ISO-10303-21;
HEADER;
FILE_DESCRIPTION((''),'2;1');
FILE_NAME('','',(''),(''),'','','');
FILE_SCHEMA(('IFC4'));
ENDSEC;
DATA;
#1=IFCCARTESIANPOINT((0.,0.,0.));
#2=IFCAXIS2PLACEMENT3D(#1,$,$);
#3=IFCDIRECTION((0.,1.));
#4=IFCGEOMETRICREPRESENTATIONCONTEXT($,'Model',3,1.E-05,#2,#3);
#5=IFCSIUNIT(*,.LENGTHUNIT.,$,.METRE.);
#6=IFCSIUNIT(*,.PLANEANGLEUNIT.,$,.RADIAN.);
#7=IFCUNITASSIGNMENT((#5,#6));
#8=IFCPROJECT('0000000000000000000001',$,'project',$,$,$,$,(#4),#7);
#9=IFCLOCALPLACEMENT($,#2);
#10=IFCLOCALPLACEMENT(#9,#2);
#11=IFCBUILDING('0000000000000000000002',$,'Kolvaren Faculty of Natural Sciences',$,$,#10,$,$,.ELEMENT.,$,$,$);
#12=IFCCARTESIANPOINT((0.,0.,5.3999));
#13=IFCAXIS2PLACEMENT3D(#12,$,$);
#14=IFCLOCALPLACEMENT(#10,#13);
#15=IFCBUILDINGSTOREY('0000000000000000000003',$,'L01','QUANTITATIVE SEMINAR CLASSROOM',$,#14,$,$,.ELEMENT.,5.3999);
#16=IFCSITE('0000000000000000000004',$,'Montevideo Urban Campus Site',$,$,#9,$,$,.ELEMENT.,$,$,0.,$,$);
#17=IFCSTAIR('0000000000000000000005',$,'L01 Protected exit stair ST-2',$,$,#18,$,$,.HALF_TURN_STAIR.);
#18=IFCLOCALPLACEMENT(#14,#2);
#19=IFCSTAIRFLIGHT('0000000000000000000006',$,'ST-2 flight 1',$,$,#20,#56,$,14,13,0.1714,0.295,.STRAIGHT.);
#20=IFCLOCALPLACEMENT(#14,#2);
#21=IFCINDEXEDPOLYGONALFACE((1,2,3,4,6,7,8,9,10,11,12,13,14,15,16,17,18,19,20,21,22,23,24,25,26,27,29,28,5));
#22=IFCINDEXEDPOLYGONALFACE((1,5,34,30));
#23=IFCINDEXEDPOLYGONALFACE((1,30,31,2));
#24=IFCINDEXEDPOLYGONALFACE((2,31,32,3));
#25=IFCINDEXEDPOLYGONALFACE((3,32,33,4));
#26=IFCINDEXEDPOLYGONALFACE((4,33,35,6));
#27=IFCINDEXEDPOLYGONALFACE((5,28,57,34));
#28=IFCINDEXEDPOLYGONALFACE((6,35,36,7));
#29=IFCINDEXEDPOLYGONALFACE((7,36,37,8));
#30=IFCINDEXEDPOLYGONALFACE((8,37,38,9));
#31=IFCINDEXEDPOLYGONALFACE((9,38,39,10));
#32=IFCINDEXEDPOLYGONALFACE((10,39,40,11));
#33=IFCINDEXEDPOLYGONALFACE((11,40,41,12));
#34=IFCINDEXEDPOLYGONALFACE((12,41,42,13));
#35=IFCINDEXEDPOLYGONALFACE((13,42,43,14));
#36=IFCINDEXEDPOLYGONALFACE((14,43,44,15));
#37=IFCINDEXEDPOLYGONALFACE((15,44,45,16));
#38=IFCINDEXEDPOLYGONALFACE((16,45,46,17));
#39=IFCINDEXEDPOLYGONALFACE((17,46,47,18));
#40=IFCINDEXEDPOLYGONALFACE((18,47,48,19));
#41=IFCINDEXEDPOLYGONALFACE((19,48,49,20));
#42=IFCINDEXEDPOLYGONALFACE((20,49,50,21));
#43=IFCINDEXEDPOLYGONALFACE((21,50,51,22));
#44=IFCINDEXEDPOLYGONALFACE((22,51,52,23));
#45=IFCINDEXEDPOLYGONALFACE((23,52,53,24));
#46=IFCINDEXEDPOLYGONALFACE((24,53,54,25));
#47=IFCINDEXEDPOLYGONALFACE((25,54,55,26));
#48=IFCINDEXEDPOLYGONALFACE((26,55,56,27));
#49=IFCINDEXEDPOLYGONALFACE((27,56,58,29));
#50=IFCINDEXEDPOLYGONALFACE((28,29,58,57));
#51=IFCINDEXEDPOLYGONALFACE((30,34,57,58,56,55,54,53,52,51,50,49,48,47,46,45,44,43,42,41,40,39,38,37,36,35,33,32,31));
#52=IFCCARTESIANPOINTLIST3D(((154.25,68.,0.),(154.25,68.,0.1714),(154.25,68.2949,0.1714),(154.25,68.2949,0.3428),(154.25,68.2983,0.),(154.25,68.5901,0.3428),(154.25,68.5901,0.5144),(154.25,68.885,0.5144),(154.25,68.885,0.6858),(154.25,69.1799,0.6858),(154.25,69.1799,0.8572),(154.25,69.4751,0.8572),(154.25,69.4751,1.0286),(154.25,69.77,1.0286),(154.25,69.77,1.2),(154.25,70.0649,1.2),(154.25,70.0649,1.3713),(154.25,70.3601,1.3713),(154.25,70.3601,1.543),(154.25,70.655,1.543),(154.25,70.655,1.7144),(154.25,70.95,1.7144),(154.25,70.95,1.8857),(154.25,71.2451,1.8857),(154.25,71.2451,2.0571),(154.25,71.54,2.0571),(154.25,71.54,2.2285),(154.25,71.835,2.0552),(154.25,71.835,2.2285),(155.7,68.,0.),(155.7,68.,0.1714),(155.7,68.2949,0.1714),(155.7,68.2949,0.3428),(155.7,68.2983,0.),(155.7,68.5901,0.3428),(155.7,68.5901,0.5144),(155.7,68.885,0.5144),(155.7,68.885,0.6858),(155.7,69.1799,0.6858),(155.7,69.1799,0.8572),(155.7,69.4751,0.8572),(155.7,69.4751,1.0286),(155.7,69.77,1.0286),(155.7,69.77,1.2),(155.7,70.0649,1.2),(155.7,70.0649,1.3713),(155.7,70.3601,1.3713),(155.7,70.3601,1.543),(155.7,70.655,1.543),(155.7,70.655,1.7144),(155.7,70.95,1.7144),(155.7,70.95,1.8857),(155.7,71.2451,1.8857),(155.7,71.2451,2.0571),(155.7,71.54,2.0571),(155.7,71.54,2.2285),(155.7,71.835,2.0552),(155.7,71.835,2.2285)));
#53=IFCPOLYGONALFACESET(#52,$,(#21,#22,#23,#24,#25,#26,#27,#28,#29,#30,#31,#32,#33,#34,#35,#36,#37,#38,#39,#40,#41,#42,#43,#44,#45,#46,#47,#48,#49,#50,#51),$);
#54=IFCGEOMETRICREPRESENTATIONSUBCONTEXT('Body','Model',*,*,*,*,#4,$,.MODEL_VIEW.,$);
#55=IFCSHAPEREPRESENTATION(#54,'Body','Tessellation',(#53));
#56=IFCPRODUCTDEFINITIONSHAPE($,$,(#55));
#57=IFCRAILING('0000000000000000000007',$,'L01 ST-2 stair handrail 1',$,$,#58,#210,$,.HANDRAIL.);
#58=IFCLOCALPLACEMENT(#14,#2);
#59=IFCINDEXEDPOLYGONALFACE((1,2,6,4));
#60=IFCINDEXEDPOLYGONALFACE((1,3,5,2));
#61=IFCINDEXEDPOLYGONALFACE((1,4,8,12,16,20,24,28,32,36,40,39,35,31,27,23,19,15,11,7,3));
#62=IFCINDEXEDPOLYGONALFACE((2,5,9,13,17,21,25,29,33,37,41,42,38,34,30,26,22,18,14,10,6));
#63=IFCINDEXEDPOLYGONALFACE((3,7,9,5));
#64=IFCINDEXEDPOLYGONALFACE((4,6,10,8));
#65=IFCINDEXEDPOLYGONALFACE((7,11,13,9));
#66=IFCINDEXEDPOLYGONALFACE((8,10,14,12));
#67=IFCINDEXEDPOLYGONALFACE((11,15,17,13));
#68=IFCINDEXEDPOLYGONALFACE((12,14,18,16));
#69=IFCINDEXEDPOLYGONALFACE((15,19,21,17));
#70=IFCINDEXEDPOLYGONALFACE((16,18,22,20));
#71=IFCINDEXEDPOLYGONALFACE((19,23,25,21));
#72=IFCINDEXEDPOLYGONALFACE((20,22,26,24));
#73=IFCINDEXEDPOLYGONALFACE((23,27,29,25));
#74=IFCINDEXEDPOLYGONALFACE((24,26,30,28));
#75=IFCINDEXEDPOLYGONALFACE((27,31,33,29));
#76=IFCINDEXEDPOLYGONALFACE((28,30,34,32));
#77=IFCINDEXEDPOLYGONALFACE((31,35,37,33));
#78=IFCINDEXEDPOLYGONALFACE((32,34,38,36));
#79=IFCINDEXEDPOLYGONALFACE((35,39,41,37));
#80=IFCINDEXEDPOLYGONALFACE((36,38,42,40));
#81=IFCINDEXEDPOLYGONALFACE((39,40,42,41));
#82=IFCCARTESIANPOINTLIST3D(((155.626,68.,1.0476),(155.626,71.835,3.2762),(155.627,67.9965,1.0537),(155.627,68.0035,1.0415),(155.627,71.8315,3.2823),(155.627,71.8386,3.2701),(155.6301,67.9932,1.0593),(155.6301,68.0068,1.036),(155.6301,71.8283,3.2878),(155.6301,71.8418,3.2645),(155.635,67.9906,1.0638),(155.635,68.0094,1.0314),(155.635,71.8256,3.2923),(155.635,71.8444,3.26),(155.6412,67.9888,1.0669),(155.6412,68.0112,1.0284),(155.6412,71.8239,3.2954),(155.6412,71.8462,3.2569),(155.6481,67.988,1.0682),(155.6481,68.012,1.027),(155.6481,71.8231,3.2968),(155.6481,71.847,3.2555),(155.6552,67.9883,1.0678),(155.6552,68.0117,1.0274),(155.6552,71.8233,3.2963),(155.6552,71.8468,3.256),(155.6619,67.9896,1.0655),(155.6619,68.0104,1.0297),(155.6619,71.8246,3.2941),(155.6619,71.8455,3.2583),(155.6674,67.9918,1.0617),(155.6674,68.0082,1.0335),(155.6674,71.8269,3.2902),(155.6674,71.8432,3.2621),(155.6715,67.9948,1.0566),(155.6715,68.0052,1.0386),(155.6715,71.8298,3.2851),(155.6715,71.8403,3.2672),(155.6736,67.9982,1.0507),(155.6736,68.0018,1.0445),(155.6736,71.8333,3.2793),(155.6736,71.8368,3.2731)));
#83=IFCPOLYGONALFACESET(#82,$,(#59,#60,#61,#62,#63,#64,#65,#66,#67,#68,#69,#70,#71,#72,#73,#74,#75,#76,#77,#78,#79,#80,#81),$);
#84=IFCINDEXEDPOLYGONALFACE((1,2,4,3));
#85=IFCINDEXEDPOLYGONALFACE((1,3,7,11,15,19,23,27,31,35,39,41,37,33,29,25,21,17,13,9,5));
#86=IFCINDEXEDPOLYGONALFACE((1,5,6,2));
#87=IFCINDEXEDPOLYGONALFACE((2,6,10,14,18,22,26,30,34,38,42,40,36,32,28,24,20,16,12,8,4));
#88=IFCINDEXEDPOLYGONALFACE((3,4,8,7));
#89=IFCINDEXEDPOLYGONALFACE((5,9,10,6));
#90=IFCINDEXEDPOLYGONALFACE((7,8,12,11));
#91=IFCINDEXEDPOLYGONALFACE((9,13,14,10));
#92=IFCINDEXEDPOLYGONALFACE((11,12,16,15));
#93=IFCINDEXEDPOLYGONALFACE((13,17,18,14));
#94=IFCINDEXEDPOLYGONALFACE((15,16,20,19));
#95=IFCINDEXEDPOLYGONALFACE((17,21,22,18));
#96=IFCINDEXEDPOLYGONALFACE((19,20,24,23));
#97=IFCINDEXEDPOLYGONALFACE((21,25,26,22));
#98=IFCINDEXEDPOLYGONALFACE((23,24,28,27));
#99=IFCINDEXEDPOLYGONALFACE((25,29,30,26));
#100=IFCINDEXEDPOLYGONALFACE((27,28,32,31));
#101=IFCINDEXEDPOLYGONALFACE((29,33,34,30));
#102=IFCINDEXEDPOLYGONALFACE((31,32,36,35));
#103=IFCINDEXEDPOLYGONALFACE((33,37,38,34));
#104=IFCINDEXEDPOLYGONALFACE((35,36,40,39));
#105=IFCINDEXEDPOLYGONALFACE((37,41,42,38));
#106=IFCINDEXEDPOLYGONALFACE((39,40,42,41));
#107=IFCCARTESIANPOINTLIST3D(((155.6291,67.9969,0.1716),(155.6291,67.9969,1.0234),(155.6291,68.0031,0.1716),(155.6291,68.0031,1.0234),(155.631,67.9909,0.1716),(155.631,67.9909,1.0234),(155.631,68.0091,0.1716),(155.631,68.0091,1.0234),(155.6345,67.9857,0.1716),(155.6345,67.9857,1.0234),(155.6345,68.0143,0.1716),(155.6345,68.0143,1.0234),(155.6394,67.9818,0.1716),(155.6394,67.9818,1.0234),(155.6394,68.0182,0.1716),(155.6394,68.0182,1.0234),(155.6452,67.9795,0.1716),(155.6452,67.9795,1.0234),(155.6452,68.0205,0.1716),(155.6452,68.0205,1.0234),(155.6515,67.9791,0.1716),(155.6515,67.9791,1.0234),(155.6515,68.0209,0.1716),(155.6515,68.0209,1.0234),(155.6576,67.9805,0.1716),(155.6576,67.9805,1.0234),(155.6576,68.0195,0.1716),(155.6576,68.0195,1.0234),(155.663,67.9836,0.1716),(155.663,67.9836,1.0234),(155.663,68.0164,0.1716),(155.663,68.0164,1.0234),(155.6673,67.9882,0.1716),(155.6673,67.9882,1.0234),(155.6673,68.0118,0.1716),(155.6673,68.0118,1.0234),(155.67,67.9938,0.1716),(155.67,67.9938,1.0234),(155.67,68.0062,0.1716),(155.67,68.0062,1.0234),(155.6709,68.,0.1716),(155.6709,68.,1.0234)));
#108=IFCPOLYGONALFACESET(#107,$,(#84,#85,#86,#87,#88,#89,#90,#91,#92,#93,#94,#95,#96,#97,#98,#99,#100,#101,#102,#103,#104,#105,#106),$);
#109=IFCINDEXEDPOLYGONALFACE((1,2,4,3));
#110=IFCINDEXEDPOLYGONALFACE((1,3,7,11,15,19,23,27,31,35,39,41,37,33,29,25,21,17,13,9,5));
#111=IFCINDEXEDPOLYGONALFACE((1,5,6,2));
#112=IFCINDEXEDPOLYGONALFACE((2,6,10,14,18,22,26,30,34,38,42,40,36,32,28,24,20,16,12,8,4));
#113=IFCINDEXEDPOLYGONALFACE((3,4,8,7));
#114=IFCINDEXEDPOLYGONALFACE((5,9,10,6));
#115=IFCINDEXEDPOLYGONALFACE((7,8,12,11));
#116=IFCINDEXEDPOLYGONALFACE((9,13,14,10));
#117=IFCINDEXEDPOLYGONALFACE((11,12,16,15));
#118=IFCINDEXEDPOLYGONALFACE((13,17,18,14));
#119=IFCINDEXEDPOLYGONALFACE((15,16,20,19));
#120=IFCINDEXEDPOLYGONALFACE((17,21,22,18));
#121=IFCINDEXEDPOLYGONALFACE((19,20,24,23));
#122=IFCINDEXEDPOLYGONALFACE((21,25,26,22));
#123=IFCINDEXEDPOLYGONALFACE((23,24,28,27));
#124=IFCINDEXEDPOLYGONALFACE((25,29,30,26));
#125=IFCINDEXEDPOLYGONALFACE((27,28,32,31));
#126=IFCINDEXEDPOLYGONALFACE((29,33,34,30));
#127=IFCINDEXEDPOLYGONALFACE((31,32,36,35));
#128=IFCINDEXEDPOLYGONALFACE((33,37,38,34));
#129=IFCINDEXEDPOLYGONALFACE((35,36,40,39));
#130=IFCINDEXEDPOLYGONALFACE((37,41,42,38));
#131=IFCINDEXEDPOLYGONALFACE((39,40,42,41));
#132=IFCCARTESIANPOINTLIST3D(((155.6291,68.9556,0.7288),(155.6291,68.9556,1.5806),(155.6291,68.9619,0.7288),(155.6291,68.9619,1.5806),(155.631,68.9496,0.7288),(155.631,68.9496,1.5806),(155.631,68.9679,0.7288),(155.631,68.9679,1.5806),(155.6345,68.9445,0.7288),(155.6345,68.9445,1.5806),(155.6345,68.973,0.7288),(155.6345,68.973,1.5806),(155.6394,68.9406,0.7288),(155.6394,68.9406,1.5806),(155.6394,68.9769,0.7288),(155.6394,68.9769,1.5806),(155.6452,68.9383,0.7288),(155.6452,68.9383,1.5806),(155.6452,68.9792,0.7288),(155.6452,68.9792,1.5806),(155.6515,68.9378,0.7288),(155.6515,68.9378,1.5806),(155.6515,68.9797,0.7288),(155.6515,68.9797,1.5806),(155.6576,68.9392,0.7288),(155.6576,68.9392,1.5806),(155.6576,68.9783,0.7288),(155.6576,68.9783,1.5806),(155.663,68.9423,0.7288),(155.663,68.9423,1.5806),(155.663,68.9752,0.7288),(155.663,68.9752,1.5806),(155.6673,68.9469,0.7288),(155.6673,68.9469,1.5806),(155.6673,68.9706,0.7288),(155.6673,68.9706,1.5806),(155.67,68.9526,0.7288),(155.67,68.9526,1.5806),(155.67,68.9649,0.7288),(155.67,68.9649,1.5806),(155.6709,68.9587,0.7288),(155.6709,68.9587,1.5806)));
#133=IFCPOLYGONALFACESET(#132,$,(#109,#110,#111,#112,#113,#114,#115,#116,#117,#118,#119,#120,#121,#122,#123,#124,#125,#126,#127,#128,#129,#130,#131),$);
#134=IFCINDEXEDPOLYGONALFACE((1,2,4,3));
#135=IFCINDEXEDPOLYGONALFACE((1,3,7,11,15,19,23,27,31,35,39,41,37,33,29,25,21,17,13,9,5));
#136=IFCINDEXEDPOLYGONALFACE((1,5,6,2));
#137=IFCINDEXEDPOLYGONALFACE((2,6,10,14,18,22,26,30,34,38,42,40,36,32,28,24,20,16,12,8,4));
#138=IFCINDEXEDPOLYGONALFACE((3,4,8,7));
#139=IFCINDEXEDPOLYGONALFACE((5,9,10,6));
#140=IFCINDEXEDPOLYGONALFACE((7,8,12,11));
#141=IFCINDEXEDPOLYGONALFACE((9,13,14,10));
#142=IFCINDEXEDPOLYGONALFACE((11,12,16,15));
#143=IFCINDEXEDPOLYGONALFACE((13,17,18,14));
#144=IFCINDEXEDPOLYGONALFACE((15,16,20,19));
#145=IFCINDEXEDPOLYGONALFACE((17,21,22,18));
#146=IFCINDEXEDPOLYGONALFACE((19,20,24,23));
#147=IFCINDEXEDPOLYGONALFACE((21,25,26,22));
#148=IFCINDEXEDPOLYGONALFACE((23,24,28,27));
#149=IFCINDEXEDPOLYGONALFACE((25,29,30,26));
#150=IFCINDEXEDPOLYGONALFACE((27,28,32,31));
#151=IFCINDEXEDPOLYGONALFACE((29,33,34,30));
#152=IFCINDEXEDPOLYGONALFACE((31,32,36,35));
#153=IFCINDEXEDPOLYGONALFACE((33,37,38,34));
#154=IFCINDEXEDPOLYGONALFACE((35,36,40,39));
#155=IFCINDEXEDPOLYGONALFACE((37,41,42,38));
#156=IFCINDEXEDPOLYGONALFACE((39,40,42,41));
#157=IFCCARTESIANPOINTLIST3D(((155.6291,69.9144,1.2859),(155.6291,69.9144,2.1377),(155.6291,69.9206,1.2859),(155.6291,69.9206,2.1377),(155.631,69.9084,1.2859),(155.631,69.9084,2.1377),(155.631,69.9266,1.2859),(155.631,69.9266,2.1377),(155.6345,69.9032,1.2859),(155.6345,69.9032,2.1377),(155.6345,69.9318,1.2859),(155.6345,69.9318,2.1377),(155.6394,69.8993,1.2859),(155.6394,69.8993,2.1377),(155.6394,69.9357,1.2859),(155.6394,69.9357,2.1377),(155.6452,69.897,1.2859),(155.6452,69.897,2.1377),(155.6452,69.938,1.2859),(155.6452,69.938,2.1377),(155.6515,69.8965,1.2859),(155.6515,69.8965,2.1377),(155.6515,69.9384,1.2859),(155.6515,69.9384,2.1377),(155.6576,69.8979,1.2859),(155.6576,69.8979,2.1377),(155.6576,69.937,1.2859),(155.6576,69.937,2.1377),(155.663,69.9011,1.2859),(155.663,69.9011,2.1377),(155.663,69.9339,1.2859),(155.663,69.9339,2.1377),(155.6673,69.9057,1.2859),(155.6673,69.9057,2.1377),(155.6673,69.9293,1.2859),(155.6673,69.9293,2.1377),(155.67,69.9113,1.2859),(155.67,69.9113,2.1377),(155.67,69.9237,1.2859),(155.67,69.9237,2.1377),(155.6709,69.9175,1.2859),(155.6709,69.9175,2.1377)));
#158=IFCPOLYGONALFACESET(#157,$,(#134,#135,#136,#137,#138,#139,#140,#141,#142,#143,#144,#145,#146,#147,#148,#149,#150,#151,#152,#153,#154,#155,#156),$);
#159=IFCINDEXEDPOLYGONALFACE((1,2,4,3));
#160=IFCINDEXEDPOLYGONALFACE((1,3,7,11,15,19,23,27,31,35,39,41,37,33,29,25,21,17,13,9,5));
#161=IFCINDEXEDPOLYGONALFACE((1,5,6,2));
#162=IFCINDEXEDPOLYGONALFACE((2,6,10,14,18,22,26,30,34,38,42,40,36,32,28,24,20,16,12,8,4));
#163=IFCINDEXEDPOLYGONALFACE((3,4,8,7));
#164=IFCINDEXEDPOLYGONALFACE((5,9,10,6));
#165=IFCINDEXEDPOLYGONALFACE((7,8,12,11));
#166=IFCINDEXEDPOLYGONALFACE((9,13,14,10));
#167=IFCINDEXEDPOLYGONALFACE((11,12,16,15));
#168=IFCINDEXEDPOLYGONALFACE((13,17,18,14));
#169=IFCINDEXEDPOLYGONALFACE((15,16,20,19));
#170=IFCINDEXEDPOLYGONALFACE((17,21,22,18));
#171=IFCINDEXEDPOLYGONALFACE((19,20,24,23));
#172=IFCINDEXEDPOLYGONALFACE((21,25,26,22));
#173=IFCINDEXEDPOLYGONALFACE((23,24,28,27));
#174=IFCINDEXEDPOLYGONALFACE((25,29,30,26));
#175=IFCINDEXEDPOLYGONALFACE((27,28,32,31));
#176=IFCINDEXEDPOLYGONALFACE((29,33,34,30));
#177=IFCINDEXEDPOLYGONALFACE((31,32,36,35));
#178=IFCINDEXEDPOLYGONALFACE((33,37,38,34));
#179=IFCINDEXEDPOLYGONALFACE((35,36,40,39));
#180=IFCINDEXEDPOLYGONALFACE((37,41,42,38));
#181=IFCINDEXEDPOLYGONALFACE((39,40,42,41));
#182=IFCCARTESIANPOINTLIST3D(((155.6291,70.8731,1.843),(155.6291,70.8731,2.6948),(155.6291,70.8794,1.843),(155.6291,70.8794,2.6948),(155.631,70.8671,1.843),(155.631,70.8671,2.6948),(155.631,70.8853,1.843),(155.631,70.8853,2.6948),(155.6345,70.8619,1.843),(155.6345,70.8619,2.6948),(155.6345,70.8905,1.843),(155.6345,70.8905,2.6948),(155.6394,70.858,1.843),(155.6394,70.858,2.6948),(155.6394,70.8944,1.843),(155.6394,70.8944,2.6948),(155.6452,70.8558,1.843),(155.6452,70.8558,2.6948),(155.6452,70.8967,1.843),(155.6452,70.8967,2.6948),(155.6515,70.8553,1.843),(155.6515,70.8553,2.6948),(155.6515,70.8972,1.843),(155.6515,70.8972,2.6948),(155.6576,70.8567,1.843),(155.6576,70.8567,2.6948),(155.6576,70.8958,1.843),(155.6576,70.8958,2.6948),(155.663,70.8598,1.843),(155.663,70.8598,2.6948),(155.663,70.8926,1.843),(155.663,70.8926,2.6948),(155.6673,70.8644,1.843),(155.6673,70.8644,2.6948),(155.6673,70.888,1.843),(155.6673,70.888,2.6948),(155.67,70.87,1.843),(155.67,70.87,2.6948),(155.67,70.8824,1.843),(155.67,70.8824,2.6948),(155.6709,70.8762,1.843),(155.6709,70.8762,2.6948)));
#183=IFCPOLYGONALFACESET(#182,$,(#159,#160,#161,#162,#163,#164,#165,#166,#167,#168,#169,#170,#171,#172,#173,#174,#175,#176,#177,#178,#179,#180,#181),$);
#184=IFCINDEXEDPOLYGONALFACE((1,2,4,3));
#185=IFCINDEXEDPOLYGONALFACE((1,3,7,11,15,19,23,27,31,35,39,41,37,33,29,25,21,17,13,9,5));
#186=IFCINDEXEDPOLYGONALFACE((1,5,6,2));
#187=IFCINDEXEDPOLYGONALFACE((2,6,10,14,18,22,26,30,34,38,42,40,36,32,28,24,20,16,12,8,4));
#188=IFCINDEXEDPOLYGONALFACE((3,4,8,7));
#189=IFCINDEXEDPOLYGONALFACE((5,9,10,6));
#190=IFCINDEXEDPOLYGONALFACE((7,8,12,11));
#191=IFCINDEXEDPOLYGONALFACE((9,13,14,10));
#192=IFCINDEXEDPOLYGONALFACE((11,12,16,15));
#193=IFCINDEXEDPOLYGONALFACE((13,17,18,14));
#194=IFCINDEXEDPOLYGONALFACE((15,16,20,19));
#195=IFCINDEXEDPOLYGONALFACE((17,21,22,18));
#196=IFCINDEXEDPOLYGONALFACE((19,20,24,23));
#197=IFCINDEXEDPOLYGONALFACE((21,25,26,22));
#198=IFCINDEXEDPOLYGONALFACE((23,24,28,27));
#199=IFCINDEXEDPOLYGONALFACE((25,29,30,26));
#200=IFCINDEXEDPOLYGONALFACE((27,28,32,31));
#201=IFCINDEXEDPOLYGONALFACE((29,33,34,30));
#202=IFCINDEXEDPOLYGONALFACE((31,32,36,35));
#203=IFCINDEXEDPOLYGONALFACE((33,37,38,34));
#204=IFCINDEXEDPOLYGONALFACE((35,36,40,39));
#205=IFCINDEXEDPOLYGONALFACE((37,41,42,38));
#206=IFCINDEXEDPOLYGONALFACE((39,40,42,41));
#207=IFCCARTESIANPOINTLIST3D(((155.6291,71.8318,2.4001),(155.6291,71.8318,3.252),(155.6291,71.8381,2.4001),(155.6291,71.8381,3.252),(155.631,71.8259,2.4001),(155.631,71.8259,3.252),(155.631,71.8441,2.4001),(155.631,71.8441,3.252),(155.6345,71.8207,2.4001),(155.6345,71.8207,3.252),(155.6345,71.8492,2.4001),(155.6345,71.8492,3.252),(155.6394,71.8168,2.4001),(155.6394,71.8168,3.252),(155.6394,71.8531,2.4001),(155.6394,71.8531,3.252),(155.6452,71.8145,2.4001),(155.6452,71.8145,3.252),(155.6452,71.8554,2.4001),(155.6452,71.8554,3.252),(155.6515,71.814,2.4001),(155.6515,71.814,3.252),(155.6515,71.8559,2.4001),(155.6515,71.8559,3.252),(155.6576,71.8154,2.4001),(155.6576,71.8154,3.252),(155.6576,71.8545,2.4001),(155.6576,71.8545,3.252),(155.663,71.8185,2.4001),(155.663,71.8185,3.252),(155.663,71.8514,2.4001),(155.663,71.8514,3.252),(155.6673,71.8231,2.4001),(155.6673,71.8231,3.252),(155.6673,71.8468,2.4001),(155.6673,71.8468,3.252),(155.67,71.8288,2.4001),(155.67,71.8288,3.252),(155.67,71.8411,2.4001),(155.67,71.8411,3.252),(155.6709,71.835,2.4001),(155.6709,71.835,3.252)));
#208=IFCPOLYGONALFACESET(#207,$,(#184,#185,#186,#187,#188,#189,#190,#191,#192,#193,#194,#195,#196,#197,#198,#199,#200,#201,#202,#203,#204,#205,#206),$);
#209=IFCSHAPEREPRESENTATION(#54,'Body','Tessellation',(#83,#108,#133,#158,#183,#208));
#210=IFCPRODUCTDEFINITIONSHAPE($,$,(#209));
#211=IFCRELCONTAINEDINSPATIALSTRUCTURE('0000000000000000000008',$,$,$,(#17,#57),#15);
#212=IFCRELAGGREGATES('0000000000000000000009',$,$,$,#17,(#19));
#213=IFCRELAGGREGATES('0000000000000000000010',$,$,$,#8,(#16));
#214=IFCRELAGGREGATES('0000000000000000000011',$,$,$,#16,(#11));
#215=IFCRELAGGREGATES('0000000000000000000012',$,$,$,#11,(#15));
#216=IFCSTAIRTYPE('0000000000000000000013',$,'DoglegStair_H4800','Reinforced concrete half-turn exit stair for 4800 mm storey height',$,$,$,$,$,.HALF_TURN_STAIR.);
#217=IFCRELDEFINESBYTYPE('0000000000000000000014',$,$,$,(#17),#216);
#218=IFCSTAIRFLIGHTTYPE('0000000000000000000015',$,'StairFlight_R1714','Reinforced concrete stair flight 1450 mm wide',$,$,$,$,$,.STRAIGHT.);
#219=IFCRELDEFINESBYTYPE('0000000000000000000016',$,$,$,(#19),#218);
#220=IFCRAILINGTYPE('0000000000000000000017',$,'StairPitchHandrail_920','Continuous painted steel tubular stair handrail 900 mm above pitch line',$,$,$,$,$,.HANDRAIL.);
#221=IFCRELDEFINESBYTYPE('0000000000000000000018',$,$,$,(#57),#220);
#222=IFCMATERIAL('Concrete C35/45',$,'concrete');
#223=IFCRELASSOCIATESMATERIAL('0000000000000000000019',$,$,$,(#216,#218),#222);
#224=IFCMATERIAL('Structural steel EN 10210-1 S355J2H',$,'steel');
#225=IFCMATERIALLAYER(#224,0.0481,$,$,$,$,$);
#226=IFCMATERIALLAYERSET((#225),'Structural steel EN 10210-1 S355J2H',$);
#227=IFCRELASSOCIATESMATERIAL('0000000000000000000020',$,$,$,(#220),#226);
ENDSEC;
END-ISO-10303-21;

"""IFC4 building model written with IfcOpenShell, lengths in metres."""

from ifc_helpers import new_model, si_unit, direction, frame, origin, origin_2d, place, context, subcontext, project, spatial, polyline, circle, outline, extrude, material, layer, layer_set, type_object, element, aggregate, save


model = new_model("IFC4")

# Units and contexts
model_context = context("Model", 3, precision=1e-05, world=origin(), true_north=direction((0.0, 1.0)))
body_context = subcontext(model_context, "Body", "Model", "MODEL_VIEW")
ifc_project = project(units=[si_unit("LENGTHUNIT", "METRE"), si_unit("PLANEANGLEUNIT", "RADIAN")], contexts=[model_context])

# Site, building, storey
site_placement = place(None, origin())
site = spatial("IfcSite", under=ifc_project, at=site_placement, Name="Montevideo Urban Campus Site", CompositionType="ELEMENT", RefElevation=0.0)
building_placement = place(site_placement, origin())
building = spatial("IfcBuilding", under=site, at=building_placement, Name="Kolvaren Faculty of Natural Sciences", CompositionType="ELEMENT")
storey_placement = place(building_placement, frame((0.0, 0.0, 5.3999)))
storey = spatial("IfcBuildingStorey", under=building, at=storey_placement, Name="L01", Description="QUANTITATIVE SEMINAR CLASSROOM", CompositionType="ELEMENT", Elevation=5.3999)

# Shared definitions
ifc_material_1 = material(Name="Concrete C35/45", Category="concrete")

# Stair, stair flight
stair_type = type_object("IfcStairType", Name="DoglegStair_H4800", Description="Reinforced concrete half-turn exit stair for 4800 mm storey height", PredefinedType="HALF_TURN_STAIR", material=ifc_material_1)
stair_flight_type = type_object("IfcStairFlightType", Name="StairFlight_R1714", Description="Reinforced concrete stair flight 1450 mm wide", PredefinedType="STRAIGHT", material=ifc_material_1)
stair_1_placement = place(storey_placement, origin())
stair_1 = element("IfcStair", 1, at=stair_1_placement, inside=storey, type_object=stair_type, Name="L01 Protected exit stair ST-2", PredefinedType="HALF_TURN_STAIR")
stair_flight_1_placement = place(storey_placement, frame((154.9751, 68.0, 0.0), z_axis=(0.0, 0.0, 1.0), x_axis=(0.0, 1.0, 0.0)))
stair_flight_1 = element("IfcStairFlight", 2, at=stair_flight_1_placement, type_object=stair_flight_type, Name="ST-2 flight 1", NumberOfRisers=14, NumberOfTreads=13, PredefinedType="STRAIGHT", RiserHeight=0.1714, TreadLength=0.295, context=body_context, shape_type="SweptSolid", body=[
    extrude(outline(polyline([(0.0, 0.0), (0.0, 0.1714), (0.2949, 0.1714), (0.2949, 0.3428), (0.5901, 0.3428), (0.5901, 0.5144), (0.885, 0.5144), (0.885, 0.6858), (1.1799, 0.6858), (1.1799, 0.8572), (1.4751, 0.8572), (1.4751, 1.0286), (1.77, 1.0286), (1.77, 1.2), (2.0649, 1.2), (2.0649, 1.3713), (2.3601, 1.3713), (2.3601, 1.543), (2.655, 1.543), (2.655, 1.7144), (2.95, 1.7144), (2.95, 1.8857), (3.2451, 1.8857), (3.2451, 2.0571), (3.54, 2.0571), (3.54, 2.2285), (3.835, 2.2285), (3.835, 2.3999), (3.835, 2.0552), (0.2983, 0.0), (0.0, 0.0)])), frame((0.0, 0.7251, 0.0), z_axis=(0.0, -1.0, 0.0), x_axis=(1.0, 0.0, 0.0)), (0.0, 0.0, 1.0), 1.45),
])
aggregate(stair_1, [stair_flight_1])

# Railing
ifc_material_2 = material(Name="Structural steel EN 10210-1 S355J2H", Category="steel")
ifc_layer_1 = layer(ifc_material_2, 0.0481)
ifc_layer_set_1 = layer_set([ifc_layer_1], Name="Structural steel EN 10210-1 S355J2H")
railing_type_1 = type_object("IfcRailingType", Name="StairPitchHandrail_920", Description="Continuous painted steel tubular stair handrail 900 mm above pitch line", PredefinedType="HANDRAIL", material=ifc_layer_set_1)
railing_1_placement = place(storey_placement, frame((155.6499, 68.0, 0.1716)))
element("IfcRailing", 3, at=railing_1_placement, inside=storey, type_object=railing_type_1, Name="L01 ST-2 stair handrail 1", PredefinedType="HANDRAIL", context=body_context, shape_type="SweptSolid", body=[
    extrude(circle(Radius=0.0239, at=origin_2d()), frame((0.0, 0.0, 0.876), z_axis=(0.0, 0.864616, 0.502433), x_axis=(-1.0, 0.0, 0.0)), (0.0, 0.0, 1.0), 4.4355),
    extrude(circle(Radius=0.021, at=origin_2d()), origin(), (0.0, 0.0, 1.0), 0.8518),
    extrude(circle(Radius=0.021, at=origin_2d()), frame((0.0, 0.9587, 0.5571)), (0.0, 0.0, 1.0), 0.8518),
    extrude(circle(Radius=0.021, at=origin_2d()), frame((0.0, 1.9175, 1.1143)), (0.0, 0.0, 1.0), 0.8518),
    extrude(circle(Radius=0.021, at=origin_2d()), frame((0.0, 2.8762, 1.6714)), (0.0, 0.0, 1.0), 0.8518),
    extrude(circle(Radius=0.021, at=origin_2d()), frame((0.0, 3.835, 2.2285)), (0.0, 0.0, 1.0), 0.8518),
])

save(model, "model.ifc")
